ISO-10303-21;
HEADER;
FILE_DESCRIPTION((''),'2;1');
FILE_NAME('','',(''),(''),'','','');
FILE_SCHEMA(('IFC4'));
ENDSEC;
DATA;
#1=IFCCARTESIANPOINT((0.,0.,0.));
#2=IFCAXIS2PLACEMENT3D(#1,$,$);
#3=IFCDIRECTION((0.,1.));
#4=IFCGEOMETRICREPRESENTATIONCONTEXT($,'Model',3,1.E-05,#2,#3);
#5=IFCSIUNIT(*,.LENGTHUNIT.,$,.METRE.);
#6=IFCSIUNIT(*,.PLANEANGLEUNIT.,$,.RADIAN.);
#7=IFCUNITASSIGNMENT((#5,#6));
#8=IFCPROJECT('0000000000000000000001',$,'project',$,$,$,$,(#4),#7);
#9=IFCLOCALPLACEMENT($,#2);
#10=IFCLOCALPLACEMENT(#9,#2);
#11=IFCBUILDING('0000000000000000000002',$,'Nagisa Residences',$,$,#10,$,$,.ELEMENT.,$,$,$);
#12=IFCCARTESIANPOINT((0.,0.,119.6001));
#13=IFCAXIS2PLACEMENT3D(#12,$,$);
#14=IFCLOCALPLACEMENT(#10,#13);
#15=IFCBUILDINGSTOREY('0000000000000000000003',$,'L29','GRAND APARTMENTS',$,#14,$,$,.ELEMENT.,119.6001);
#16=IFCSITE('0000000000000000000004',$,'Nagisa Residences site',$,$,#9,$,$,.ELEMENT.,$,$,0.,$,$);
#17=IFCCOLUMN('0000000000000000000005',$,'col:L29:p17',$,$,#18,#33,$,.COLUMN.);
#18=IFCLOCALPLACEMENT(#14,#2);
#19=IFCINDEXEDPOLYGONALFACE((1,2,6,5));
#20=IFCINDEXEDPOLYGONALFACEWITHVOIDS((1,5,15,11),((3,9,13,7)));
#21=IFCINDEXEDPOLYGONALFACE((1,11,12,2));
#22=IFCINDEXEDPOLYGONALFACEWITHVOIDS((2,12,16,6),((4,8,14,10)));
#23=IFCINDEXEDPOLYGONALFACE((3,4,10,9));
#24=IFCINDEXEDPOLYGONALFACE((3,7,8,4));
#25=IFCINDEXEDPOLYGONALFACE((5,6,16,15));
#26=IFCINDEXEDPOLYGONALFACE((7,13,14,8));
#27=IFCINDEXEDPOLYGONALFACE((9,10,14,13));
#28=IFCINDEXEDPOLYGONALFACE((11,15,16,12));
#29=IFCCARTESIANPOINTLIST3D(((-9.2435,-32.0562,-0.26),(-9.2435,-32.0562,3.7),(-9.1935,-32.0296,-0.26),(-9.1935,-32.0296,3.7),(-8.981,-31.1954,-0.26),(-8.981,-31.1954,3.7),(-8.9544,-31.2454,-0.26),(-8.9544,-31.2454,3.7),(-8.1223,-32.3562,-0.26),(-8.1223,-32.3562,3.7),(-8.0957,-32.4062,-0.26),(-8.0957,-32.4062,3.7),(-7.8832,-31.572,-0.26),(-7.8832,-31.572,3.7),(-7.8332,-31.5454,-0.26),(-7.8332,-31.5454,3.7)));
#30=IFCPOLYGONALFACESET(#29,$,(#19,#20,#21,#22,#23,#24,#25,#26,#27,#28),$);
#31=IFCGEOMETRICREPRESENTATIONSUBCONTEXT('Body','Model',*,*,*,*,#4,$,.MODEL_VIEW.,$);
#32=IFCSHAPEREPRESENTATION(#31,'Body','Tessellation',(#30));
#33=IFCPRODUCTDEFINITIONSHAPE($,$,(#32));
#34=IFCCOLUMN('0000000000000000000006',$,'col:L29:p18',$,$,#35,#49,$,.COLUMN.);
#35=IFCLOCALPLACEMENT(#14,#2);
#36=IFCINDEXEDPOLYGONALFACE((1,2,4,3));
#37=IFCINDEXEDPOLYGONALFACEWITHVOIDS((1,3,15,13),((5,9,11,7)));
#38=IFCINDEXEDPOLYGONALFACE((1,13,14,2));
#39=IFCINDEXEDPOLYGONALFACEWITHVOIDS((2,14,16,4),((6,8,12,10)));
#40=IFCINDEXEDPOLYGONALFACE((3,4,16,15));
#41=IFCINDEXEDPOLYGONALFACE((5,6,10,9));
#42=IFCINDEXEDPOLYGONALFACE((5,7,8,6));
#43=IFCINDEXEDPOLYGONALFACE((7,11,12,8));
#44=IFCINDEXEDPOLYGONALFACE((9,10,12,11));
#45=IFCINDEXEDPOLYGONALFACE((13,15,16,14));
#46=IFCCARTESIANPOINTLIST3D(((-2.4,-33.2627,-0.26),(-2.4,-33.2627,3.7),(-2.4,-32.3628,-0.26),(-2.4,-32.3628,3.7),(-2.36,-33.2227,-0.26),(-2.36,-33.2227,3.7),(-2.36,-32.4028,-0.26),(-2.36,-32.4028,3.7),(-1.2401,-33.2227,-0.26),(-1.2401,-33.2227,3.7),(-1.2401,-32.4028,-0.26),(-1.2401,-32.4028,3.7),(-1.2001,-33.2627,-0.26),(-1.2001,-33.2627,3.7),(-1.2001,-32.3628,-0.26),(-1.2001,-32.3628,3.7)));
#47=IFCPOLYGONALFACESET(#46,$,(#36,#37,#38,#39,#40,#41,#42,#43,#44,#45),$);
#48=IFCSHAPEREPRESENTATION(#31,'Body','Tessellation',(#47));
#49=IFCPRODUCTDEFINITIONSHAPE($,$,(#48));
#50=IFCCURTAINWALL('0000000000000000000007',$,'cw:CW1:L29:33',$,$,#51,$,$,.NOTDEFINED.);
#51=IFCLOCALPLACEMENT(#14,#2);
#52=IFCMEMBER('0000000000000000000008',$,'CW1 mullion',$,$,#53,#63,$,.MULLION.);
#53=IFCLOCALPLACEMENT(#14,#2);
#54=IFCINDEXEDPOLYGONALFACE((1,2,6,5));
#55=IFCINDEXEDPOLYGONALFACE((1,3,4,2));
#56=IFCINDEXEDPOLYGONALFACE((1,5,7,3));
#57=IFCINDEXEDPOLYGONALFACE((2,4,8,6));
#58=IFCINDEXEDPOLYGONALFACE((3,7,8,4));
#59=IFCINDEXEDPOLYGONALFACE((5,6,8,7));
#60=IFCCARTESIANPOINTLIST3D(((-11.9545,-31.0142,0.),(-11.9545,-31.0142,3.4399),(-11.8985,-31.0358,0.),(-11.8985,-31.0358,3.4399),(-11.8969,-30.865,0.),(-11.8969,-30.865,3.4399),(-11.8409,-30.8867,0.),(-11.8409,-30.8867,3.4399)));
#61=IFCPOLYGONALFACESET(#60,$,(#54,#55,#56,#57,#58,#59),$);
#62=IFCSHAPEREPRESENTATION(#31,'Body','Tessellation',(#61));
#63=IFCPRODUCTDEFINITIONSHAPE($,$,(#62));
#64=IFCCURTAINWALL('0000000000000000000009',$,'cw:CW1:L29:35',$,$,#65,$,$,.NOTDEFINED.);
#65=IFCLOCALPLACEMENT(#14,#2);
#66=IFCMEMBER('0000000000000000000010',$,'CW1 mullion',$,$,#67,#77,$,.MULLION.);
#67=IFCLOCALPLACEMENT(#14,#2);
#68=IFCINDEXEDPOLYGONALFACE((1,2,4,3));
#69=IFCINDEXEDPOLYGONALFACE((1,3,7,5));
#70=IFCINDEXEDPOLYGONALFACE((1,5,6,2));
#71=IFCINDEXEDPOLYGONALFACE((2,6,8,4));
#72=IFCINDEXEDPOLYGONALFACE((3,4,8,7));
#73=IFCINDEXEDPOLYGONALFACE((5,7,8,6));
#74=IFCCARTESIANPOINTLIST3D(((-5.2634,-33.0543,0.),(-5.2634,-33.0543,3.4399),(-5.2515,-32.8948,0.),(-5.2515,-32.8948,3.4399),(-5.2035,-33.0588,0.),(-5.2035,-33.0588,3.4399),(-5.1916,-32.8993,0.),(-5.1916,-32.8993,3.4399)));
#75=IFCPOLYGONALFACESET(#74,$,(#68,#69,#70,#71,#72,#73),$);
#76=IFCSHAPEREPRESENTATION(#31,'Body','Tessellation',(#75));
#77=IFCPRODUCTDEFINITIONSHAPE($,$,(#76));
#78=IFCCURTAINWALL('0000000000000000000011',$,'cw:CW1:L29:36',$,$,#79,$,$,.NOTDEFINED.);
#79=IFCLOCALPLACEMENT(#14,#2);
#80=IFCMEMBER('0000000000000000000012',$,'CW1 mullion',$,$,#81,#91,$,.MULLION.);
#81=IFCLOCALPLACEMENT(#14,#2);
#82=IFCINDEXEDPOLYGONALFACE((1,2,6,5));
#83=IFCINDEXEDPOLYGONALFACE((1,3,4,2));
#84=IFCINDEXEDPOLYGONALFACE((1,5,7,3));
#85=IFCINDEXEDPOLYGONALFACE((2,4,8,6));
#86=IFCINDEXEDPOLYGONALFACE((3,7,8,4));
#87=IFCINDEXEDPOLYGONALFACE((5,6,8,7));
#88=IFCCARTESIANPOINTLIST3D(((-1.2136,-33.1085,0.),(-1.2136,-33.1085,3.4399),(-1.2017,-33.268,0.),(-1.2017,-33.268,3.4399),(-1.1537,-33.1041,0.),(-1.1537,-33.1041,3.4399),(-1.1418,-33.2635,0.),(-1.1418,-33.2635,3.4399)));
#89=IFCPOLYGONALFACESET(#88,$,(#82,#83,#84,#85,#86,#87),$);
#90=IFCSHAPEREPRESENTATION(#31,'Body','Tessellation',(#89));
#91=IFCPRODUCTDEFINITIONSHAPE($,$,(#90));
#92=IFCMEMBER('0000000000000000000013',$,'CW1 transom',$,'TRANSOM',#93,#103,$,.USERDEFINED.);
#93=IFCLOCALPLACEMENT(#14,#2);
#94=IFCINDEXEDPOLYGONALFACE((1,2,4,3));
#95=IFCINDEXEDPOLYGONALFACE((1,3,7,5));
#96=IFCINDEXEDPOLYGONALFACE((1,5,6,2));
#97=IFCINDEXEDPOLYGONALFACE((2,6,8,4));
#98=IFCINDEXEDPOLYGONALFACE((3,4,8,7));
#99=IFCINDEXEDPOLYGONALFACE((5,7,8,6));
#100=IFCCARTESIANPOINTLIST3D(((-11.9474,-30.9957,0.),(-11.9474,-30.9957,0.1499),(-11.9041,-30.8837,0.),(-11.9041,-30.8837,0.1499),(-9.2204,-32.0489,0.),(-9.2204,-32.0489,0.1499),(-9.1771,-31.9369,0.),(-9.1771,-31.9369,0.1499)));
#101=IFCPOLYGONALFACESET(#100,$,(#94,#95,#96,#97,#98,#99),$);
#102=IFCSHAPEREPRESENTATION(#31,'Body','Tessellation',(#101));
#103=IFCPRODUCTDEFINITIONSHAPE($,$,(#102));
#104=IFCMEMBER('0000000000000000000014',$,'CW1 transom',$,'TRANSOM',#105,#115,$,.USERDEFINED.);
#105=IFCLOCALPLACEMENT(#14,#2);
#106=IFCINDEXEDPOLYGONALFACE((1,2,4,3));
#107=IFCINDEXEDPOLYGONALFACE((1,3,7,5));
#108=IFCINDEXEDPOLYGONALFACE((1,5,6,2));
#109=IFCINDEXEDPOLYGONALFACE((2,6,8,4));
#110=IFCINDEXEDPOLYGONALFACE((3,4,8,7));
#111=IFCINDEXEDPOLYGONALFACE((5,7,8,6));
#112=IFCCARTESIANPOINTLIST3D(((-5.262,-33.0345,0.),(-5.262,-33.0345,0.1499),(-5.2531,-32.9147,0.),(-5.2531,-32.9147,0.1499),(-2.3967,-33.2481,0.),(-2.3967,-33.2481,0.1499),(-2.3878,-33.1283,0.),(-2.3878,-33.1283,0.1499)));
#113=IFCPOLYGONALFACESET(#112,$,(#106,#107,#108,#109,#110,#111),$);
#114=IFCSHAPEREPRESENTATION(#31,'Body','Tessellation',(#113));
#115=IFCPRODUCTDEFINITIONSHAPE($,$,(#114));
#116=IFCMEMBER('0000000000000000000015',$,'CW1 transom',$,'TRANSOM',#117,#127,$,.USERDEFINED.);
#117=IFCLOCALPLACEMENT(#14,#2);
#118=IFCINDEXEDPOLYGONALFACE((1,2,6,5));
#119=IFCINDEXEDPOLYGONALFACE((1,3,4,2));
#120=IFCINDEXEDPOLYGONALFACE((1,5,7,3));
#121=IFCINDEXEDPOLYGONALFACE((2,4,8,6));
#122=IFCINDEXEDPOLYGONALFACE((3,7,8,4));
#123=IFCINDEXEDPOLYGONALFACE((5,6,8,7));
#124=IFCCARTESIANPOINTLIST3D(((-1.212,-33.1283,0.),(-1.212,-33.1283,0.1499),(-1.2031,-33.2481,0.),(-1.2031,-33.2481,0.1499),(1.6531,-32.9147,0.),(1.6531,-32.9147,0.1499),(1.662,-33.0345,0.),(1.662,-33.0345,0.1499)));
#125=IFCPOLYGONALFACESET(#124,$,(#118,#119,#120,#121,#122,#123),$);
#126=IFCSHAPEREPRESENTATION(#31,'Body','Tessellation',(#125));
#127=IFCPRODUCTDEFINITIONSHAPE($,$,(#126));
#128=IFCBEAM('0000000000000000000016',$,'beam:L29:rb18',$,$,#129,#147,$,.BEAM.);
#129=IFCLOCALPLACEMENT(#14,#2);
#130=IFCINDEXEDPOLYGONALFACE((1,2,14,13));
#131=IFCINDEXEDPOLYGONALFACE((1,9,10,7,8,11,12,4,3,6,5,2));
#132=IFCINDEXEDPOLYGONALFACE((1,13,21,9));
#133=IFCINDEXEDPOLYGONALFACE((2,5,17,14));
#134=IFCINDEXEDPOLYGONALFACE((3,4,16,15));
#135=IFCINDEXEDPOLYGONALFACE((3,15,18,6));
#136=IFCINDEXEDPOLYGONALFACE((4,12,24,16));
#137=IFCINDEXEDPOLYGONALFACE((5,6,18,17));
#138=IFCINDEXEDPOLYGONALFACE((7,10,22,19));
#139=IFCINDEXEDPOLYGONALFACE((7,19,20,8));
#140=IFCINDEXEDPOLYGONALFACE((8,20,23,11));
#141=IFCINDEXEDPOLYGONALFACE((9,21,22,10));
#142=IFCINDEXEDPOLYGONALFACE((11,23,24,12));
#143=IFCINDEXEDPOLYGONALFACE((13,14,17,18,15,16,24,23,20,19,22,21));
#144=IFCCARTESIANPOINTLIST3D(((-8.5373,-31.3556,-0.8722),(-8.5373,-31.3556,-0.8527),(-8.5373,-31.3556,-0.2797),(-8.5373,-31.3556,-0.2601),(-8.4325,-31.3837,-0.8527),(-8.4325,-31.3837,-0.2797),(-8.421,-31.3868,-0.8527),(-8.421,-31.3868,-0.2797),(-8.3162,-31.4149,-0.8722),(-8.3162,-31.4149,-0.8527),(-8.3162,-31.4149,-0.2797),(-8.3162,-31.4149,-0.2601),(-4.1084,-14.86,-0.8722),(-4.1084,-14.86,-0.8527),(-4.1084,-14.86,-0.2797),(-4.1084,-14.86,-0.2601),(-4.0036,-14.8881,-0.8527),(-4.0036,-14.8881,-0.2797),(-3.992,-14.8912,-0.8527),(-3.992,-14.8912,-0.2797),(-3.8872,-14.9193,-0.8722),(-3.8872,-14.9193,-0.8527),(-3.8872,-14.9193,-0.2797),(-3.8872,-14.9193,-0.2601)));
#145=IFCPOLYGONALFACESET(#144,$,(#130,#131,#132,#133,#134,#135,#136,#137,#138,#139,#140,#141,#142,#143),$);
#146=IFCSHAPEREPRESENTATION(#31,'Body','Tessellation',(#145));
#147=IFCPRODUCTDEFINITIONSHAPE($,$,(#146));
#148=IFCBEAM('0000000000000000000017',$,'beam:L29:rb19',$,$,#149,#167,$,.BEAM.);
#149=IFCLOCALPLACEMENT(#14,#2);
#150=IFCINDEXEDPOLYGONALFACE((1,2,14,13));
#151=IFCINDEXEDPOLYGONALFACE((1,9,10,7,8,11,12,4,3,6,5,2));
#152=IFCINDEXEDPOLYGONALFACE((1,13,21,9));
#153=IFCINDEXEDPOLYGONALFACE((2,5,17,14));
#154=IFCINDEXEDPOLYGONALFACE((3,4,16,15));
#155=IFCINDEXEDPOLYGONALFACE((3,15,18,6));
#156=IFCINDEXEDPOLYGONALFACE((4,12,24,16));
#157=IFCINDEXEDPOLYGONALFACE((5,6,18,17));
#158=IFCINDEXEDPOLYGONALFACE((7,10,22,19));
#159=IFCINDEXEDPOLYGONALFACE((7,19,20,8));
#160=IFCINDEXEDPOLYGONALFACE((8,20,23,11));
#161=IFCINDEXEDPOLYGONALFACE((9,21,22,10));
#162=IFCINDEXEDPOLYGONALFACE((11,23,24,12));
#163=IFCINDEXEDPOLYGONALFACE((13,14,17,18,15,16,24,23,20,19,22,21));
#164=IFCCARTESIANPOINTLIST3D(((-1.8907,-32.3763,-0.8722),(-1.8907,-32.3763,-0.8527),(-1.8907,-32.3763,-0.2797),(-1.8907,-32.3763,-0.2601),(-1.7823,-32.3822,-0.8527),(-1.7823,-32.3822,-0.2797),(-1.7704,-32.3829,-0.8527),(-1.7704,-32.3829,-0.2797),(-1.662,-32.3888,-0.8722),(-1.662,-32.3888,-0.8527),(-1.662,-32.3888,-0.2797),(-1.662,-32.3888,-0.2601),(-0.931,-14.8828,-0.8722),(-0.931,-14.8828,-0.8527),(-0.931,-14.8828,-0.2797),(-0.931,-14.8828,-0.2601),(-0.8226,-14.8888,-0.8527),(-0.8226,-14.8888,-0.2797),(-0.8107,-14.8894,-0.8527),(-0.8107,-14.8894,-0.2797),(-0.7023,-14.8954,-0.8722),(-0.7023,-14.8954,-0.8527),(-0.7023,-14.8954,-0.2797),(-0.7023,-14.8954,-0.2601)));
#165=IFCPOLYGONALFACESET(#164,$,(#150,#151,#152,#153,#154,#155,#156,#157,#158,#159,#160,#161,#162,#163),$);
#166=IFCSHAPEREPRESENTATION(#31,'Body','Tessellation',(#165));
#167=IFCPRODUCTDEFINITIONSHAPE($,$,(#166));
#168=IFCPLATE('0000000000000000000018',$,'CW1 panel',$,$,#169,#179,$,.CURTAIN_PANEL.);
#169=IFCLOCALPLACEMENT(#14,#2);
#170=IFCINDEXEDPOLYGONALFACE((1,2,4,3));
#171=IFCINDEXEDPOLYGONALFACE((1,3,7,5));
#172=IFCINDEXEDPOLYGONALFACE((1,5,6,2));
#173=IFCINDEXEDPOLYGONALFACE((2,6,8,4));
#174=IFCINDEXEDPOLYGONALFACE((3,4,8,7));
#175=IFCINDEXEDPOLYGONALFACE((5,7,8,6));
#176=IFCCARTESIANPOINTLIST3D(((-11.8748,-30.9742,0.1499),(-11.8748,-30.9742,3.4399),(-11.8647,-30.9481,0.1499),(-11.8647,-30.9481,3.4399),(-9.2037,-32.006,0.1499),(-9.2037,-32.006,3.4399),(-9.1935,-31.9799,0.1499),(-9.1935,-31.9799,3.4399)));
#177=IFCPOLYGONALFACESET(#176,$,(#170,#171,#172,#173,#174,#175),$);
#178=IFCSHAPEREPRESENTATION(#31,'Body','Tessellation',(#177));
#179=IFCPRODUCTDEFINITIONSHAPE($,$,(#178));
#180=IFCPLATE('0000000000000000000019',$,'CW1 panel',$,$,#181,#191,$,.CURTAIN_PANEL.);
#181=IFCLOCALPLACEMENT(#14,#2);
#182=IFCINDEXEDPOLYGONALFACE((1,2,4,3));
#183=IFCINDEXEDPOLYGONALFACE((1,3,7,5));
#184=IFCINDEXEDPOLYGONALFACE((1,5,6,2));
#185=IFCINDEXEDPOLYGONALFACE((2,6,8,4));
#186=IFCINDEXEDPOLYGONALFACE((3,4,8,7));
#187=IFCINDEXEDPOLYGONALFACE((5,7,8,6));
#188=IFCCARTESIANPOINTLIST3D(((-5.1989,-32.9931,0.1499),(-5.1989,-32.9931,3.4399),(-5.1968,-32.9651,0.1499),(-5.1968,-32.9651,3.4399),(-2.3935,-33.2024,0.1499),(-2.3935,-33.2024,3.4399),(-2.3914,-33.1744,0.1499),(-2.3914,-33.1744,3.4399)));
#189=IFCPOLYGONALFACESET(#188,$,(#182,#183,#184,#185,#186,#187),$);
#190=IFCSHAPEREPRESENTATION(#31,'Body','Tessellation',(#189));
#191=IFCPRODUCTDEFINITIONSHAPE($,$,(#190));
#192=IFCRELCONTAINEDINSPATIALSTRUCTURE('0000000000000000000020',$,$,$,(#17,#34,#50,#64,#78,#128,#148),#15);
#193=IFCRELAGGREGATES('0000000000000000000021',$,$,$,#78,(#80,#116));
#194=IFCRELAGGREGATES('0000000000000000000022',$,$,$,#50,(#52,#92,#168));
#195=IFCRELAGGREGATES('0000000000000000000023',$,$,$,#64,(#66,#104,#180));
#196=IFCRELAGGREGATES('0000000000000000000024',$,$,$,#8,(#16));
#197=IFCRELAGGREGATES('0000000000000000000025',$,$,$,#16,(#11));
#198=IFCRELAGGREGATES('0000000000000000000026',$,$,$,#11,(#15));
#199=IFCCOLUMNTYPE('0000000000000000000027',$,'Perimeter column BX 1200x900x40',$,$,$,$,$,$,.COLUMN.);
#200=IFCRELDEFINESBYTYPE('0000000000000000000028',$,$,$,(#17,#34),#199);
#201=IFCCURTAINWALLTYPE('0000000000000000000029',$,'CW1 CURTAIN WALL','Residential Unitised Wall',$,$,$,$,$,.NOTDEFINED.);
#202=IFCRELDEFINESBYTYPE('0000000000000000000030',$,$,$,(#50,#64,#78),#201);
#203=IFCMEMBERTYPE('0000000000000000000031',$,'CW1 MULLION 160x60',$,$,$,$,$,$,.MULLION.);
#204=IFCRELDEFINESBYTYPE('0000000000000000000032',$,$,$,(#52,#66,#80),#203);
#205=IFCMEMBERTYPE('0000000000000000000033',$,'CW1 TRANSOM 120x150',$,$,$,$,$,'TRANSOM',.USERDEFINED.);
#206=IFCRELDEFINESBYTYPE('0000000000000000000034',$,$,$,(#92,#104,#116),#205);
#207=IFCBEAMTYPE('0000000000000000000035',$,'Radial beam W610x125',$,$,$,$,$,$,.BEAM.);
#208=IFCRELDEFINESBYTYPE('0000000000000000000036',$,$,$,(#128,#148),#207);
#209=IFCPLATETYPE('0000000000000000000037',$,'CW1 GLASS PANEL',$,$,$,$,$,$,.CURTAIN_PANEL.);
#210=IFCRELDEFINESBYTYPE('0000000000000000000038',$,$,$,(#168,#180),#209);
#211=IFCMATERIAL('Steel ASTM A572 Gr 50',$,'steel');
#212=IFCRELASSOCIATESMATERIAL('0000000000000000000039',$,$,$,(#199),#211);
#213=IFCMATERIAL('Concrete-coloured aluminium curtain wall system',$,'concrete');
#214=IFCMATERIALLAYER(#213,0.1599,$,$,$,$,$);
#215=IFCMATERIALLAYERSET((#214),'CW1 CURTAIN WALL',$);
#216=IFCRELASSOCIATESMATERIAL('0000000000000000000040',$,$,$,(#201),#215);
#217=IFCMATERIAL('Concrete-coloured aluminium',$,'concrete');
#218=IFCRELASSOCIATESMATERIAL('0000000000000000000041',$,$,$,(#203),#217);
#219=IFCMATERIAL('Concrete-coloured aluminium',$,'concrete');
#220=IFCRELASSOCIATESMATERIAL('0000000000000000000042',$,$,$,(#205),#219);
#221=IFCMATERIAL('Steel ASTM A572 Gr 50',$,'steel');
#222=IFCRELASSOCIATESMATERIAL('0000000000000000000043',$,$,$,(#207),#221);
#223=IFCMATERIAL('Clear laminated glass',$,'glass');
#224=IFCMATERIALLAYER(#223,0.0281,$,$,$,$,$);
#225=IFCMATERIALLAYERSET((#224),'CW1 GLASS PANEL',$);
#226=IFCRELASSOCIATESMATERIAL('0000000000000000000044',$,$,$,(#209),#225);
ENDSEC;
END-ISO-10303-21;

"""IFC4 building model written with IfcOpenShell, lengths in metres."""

from ifc_helpers import new_model, si_unit, direction, frame, origin, origin_2d, place, context, subcontext, project, spatial, rectangle, hollow_rectangle, i_section, extrude, material, layer, layer_set, material_profile, profile_set, type_object, element, aggregate, save


model = new_model("IFC4")

# Units and contexts
model_context = context("Model", 3, precision=1e-05, world=origin(), true_north=direction((0.0, 1.0)))
body_context = subcontext(model_context, "Body", "Model", "MODEL_VIEW")
ifc_project = project(units=[si_unit("LENGTHUNIT", "METRE"), si_unit("PLANEANGLEUNIT", "RADIAN")], contexts=[model_context])

# Site, building, storey
site_placement = place(None, origin())
site = spatial("IfcSite", under=ifc_project, at=site_placement, Name="Nagisa Residences site", CompositionType="ELEMENT", RefElevation=0.0)
building_placement = place(site_placement, origin())
building = spatial("IfcBuilding", under=site, at=building_placement, Name="Nagisa Residences", CompositionType="ELEMENT")
storey_placement = place(building_placement, frame((0.0, 0.0, 119.6001)))
storey = spatial("IfcBuildingStorey", under=building, at=storey_placement, Name="L29", Description="GRAND APARTMENTS", CompositionType="ELEMENT", Elevation=119.6001)

# Columns
ifc_material_1 = material(Name="Steel ASTM A572 Gr 50", Category="steel")
ifc_material_profile_1 = material_profile(ifc_material_1, hollow_rectangle(XDim=1.2, YDim=0.8999, WallThickness=0.04, at=origin_2d()), Name="BX 1200x900x40")
ifc_profile_set_1 = profile_set([ifc_material_profile_1], Name="Steel ASTM A572 Gr 50")
column_type = type_object("IfcColumnType", Name="Perimeter column BX 1200x900x40", PredefinedType="COLUMN", material=ifc_profile_set_1)
for number, where, z_axis, x_axis, name in (
    (1, (-8.5383, -31.8008, -0.26), (0.0, 0.0, 1.0), (0.956525, -0.291652, 0.0), "col:L29:p17"),
    (2, (-1.8, -32.8127, -0.26), (0.0, 0.0, 1.0), (1.0, 0.0, 0.0), "col:L29:p18"),
):
    element("IfcColumn", number, at=place(storey_placement, frame(where, z_axis=z_axis, x_axis=x_axis)), inside=storey, type_object=column_type, Name=name, PredefinedType="COLUMN", context=body_context, shape_type="SweptSolid", body=[
        extrude(hollow_rectangle(XDim=1.2, YDim=0.8999, WallThickness=0.04, at=origin_2d()), origin(), (0.0, 0.0, 1.0), 3.96),
    ])

# Curtain walls, members
ifc_material_2 = material(Name="Concrete-coloured aluminium curtain wall system", Category="concrete")
ifc_layer_1 = layer(ifc_material_2, 0.1599)
ifc_layer_set_1 = layer_set([ifc_layer_1], Name="CW1 CURTAIN WALL")
curtain_wall_type = type_object("IfcCurtainWallType", Name="CW1 CURTAIN WALL", Description="Residential Unitised Wall", PredefinedType="NOTDEFINED", material=ifc_layer_set_1)
curtain_wall_1_placement = place(storey_placement, origin())
curtain_wall_1 = element("IfcCurtainWall", 3, at=curtain_wall_1_placement, inside=storey, type_object=curtain_wall_type, Name="cw:CW1:L29:33", PredefinedType="NOTDEFINED")
ifc_material_3 = material(Name="Concrete-coloured aluminium", Category="concrete")
ifc_material_profile_2 = material_profile(ifc_material_3, rectangle(XDim=0.1599, YDim=0.0601, at=origin_2d()), Name="CW1 MULLION 160x60")
ifc_profile_set_2 = profile_set([ifc_material_profile_2], Name="Concrete-coloured aluminium")
member_type_1 = type_object("IfcMemberType", Name="CW1 MULLION 160x60", PredefinedType="MULLION", material=ifc_profile_set_2)
member_1_placement = place(storey_placement, frame((-11.8977, -30.9504, 0.0), z_axis=(0.0, 0.0, 1.0), x_axis=(0.360328, 0.932826, 0.0)))
member_1 = element("IfcMember", 4, at=member_1_placement, type_object=member_type_1, Name="CW1 mullion", PredefinedType="MULLION", context=body_context, shape_type="SweptSolid", body=[
    extrude(rectangle(XDim=0.1599, YDim=0.0601, at=origin_2d()), origin(), (0.0, 0.0, 1.0), 3.4399),
])
curtain_wall_2_placement = place(storey_placement, origin())
curtain_wall_2 = element("IfcCurtainWall", 5, at=curtain_wall_2_placement, inside=storey, type_object=curtain_wall_type, Name="cw:CW1:L29:35", PredefinedType="NOTDEFINED")
member_2_placement = place(storey_placement, frame((-5.2275, -32.9768, 0.0), z_axis=(0.0, 0.0, 1.0), x_axis=(0.074377, 0.99723, 0.0)))
member_2 = element("IfcMember", 6, at=member_2_placement, type_object=member_type_1, Name="CW1 mullion", PredefinedType="MULLION", context=body_context, shape_type="SweptSolid", body=[
    extrude(rectangle(XDim=0.1599, YDim=0.0601, at=origin_2d()), origin(), (0.0, 0.0, 1.0), 3.4399),
])
curtain_wall_3_placement = place(storey_placement, origin())
curtain_wall_3 = element("IfcCurtainWall", 7, at=curtain_wall_3_placement, inside=storey, type_object=curtain_wall_type, Name="cw:CW1:L29:36", PredefinedType="NOTDEFINED")
member_3_placement = place(storey_placement, frame((-1.1777, -33.186, 0.0), z_axis=(0.0, 0.0, 1.0), x_axis=(-0.074377, 0.99723, 0.0)))
member_3 = element("IfcMember", 8, at=member_3_placement, type_object=member_type_1, Name="CW1 mullion", PredefinedType="MULLION", context=body_context, shape_type="SweptSolid", body=[
    extrude(rectangle(XDim=0.1599, YDim=0.0601, at=origin_2d()), origin(), (0.0, 0.0, 1.0), 3.4399),
])

# Members
ifc_material_4 = material(Name="Concrete-coloured aluminium", Category="concrete")
ifc_material_profile_3 = material_profile(ifc_material_4, rectangle(XDim=0.1201, YDim=0.1499, at=origin_2d()), Name="CW1 TRANSOM 120x150")
ifc_profile_set_3 = profile_set([ifc_material_profile_3], Name="Concrete-coloured aluminium")
member_type_2 = type_object("IfcMemberType", Name="CW1 TRANSOM 120x150", ElementType="TRANSOM", PredefinedType="USERDEFINED", material=ifc_profile_set_3)
member_4_placement = place(storey_placement, frame((-11.9258, -30.9397, 0.075), z_axis=(0.932845, -0.360277, 0.0), x_axis=(0.360277, 0.932845, 0.0)))
member_4 = element("IfcMember", 9, at=member_4_placement, type_object=member_type_2, Name="CW1 transom", ObjectType="TRANSOM", PredefinedType="USERDEFINED", context=body_context, shape_type="SweptSolid", body=[
    extrude(rectangle(XDim=0.1201, YDim=0.1499, at=origin_2d()), origin(), (0.0, 0.0, 1.0), 2.9233),
])
member_5_placement = place(storey_placement, frame((-5.2576, -32.9746, 0.075), z_axis=(0.997232, -0.074351, 0.0), x_axis=(0.074351, 0.997232, 0.0)))
member_5 = element("IfcMember", 10, at=member_5_placement, type_object=member_type_2, Name="CW1 transom", ObjectType="TRANSOM", PredefinedType="USERDEFINED", context=body_context, shape_type="SweptSolid", body=[
    extrude(rectangle(XDim=0.1201, YDim=0.1499, at=origin_2d()), origin(), (0.0, 0.0, 1.0), 2.8733),
])
member_6_placement = place(storey_placement, frame((-1.2075, -33.1882, 0.075), z_axis=(0.997232, 0.074357, 0.0), x_axis=(-0.074357, 0.997232, 0.0)))
member_6 = element("IfcMember", 11, at=member_6_placement, type_object=member_type_2, Name="CW1 transom", ObjectType="TRANSOM", PredefinedType="USERDEFINED", context=body_context, shape_type="SweptSolid", body=[
    extrude(rectangle(XDim=0.1201, YDim=0.1499, at=origin_2d()), origin(), (0.0, 0.0, 1.0), 2.873),
])
aggregate(curtain_wall_3, [member_3, member_6])

# Beams
ifc_material_5 = material(Name="Steel ASTM A572 Gr 50", Category="steel")
ifc_material_profile_4 = material_profile(ifc_material_5, i_section(OverallWidth=0.229, OverallDepth=0.6121, WebThickness=0.012, FlangeThickness=0.0195, at=origin_2d()), Name="W610x125")
ifc_profile_set_4 = profile_set([ifc_material_profile_4], Name="Steel ASTM A572 Gr 50")
beam_type = type_object("IfcBeamType", Name="Radial beam W610x125", PredefinedType="BEAM", material=ifc_profile_set_4)
beam_1_placement = place(storey_placement, frame((-8.4268, -31.3853, -0.5662), z_axis=(0.259309, 0.965794, 0.0), x_axis=(-0.965794, 0.259309, 0.0)))
element("IfcBeam", 12, at=beam_1_placement, inside=storey, type_object=beam_type, Name="beam:L29:rb18", PredefinedType="BEAM", context=body_context, shape_type="SweptSolid", body=[
    extrude(i_section(OverallWidth=0.229, OverallDepth=0.6121, WebThickness=0.012, FlangeThickness=0.0195, at=origin_2d()), origin(), (0.0, 0.0, 1.0), 17.0798),
])
beam_2_placement = place(storey_placement, frame((-1.7764, -32.3826, -0.5662), z_axis=(0.054779, 0.998498, 0.0), x_axis=(-0.998498, 0.054779, 0.0)))
element("IfcBeam", 13, at=beam_2_placement, inside=storey, type_object=beam_type, Name="beam:L29:rb19", PredefinedType="BEAM", context=body_context, shape_type="SweptSolid", body=[
    extrude(i_section(OverallWidth=0.229, OverallDepth=0.6121, WebThickness=0.012, FlangeThickness=0.0195, at=origin_2d()), origin(), (0.0, 0.0, 1.0), 17.5198),
])

# Plates
ifc_material_6 = material(Name="Clear laminated glass", Category="glass")
ifc_layer_2 = layer(ifc_material_6, 0.0281)
ifc_layer_set_2 = layer_set([ifc_layer_2], Name="CW1 GLASS PANEL")
plate_type = type_object("IfcPlateType", Name="CW1 GLASS PANEL", PredefinedType="CURTAIN_PANEL", material=ifc_layer_set_2)
plate_1_placement = place(storey_placement, frame((-10.5342, -31.4771, 0.1499), z_axis=(0.0, 0.0, 1.0), x_axis=(0.932826, -0.360328, 0.0)))
plate_1 = element("IfcPlate", 14, at=plate_1_placement, type_object=plate_type, Name="CW1 panel", PredefinedType="CURTAIN_PANEL", context=body_context, shape_type="SweptSolid", body=[
    extrude(rectangle(XDim=2.8635, YDim=0.0281, at=origin_2d()), origin(), (0.0, 0.0, 1.0), 3.29),
])
aggregate(curtain_wall_1, [member_1, member_4, plate_1])
plate_2_placement = place(storey_placement, frame((-3.7952, -33.0837, 0.1499), z_axis=(0.0, 0.0, 1.0), x_axis=(0.99723, -0.074377, 0.0)))
plate_2 = element("IfcPlate", 15, at=plate_2_placement, type_object=plate_type, Name="CW1 panel", PredefinedType="CURTAIN_PANEL", context=body_context, shape_type="SweptSolid", body=[
    extrude(rectangle(XDim=2.8132, YDim=0.0281, at=origin_2d()), origin(), (0.0, 0.0, 1.0), 3.29),
])
aggregate(curtain_wall_2, [member_2, member_5, plate_2])

save(model, "model.ifc")
